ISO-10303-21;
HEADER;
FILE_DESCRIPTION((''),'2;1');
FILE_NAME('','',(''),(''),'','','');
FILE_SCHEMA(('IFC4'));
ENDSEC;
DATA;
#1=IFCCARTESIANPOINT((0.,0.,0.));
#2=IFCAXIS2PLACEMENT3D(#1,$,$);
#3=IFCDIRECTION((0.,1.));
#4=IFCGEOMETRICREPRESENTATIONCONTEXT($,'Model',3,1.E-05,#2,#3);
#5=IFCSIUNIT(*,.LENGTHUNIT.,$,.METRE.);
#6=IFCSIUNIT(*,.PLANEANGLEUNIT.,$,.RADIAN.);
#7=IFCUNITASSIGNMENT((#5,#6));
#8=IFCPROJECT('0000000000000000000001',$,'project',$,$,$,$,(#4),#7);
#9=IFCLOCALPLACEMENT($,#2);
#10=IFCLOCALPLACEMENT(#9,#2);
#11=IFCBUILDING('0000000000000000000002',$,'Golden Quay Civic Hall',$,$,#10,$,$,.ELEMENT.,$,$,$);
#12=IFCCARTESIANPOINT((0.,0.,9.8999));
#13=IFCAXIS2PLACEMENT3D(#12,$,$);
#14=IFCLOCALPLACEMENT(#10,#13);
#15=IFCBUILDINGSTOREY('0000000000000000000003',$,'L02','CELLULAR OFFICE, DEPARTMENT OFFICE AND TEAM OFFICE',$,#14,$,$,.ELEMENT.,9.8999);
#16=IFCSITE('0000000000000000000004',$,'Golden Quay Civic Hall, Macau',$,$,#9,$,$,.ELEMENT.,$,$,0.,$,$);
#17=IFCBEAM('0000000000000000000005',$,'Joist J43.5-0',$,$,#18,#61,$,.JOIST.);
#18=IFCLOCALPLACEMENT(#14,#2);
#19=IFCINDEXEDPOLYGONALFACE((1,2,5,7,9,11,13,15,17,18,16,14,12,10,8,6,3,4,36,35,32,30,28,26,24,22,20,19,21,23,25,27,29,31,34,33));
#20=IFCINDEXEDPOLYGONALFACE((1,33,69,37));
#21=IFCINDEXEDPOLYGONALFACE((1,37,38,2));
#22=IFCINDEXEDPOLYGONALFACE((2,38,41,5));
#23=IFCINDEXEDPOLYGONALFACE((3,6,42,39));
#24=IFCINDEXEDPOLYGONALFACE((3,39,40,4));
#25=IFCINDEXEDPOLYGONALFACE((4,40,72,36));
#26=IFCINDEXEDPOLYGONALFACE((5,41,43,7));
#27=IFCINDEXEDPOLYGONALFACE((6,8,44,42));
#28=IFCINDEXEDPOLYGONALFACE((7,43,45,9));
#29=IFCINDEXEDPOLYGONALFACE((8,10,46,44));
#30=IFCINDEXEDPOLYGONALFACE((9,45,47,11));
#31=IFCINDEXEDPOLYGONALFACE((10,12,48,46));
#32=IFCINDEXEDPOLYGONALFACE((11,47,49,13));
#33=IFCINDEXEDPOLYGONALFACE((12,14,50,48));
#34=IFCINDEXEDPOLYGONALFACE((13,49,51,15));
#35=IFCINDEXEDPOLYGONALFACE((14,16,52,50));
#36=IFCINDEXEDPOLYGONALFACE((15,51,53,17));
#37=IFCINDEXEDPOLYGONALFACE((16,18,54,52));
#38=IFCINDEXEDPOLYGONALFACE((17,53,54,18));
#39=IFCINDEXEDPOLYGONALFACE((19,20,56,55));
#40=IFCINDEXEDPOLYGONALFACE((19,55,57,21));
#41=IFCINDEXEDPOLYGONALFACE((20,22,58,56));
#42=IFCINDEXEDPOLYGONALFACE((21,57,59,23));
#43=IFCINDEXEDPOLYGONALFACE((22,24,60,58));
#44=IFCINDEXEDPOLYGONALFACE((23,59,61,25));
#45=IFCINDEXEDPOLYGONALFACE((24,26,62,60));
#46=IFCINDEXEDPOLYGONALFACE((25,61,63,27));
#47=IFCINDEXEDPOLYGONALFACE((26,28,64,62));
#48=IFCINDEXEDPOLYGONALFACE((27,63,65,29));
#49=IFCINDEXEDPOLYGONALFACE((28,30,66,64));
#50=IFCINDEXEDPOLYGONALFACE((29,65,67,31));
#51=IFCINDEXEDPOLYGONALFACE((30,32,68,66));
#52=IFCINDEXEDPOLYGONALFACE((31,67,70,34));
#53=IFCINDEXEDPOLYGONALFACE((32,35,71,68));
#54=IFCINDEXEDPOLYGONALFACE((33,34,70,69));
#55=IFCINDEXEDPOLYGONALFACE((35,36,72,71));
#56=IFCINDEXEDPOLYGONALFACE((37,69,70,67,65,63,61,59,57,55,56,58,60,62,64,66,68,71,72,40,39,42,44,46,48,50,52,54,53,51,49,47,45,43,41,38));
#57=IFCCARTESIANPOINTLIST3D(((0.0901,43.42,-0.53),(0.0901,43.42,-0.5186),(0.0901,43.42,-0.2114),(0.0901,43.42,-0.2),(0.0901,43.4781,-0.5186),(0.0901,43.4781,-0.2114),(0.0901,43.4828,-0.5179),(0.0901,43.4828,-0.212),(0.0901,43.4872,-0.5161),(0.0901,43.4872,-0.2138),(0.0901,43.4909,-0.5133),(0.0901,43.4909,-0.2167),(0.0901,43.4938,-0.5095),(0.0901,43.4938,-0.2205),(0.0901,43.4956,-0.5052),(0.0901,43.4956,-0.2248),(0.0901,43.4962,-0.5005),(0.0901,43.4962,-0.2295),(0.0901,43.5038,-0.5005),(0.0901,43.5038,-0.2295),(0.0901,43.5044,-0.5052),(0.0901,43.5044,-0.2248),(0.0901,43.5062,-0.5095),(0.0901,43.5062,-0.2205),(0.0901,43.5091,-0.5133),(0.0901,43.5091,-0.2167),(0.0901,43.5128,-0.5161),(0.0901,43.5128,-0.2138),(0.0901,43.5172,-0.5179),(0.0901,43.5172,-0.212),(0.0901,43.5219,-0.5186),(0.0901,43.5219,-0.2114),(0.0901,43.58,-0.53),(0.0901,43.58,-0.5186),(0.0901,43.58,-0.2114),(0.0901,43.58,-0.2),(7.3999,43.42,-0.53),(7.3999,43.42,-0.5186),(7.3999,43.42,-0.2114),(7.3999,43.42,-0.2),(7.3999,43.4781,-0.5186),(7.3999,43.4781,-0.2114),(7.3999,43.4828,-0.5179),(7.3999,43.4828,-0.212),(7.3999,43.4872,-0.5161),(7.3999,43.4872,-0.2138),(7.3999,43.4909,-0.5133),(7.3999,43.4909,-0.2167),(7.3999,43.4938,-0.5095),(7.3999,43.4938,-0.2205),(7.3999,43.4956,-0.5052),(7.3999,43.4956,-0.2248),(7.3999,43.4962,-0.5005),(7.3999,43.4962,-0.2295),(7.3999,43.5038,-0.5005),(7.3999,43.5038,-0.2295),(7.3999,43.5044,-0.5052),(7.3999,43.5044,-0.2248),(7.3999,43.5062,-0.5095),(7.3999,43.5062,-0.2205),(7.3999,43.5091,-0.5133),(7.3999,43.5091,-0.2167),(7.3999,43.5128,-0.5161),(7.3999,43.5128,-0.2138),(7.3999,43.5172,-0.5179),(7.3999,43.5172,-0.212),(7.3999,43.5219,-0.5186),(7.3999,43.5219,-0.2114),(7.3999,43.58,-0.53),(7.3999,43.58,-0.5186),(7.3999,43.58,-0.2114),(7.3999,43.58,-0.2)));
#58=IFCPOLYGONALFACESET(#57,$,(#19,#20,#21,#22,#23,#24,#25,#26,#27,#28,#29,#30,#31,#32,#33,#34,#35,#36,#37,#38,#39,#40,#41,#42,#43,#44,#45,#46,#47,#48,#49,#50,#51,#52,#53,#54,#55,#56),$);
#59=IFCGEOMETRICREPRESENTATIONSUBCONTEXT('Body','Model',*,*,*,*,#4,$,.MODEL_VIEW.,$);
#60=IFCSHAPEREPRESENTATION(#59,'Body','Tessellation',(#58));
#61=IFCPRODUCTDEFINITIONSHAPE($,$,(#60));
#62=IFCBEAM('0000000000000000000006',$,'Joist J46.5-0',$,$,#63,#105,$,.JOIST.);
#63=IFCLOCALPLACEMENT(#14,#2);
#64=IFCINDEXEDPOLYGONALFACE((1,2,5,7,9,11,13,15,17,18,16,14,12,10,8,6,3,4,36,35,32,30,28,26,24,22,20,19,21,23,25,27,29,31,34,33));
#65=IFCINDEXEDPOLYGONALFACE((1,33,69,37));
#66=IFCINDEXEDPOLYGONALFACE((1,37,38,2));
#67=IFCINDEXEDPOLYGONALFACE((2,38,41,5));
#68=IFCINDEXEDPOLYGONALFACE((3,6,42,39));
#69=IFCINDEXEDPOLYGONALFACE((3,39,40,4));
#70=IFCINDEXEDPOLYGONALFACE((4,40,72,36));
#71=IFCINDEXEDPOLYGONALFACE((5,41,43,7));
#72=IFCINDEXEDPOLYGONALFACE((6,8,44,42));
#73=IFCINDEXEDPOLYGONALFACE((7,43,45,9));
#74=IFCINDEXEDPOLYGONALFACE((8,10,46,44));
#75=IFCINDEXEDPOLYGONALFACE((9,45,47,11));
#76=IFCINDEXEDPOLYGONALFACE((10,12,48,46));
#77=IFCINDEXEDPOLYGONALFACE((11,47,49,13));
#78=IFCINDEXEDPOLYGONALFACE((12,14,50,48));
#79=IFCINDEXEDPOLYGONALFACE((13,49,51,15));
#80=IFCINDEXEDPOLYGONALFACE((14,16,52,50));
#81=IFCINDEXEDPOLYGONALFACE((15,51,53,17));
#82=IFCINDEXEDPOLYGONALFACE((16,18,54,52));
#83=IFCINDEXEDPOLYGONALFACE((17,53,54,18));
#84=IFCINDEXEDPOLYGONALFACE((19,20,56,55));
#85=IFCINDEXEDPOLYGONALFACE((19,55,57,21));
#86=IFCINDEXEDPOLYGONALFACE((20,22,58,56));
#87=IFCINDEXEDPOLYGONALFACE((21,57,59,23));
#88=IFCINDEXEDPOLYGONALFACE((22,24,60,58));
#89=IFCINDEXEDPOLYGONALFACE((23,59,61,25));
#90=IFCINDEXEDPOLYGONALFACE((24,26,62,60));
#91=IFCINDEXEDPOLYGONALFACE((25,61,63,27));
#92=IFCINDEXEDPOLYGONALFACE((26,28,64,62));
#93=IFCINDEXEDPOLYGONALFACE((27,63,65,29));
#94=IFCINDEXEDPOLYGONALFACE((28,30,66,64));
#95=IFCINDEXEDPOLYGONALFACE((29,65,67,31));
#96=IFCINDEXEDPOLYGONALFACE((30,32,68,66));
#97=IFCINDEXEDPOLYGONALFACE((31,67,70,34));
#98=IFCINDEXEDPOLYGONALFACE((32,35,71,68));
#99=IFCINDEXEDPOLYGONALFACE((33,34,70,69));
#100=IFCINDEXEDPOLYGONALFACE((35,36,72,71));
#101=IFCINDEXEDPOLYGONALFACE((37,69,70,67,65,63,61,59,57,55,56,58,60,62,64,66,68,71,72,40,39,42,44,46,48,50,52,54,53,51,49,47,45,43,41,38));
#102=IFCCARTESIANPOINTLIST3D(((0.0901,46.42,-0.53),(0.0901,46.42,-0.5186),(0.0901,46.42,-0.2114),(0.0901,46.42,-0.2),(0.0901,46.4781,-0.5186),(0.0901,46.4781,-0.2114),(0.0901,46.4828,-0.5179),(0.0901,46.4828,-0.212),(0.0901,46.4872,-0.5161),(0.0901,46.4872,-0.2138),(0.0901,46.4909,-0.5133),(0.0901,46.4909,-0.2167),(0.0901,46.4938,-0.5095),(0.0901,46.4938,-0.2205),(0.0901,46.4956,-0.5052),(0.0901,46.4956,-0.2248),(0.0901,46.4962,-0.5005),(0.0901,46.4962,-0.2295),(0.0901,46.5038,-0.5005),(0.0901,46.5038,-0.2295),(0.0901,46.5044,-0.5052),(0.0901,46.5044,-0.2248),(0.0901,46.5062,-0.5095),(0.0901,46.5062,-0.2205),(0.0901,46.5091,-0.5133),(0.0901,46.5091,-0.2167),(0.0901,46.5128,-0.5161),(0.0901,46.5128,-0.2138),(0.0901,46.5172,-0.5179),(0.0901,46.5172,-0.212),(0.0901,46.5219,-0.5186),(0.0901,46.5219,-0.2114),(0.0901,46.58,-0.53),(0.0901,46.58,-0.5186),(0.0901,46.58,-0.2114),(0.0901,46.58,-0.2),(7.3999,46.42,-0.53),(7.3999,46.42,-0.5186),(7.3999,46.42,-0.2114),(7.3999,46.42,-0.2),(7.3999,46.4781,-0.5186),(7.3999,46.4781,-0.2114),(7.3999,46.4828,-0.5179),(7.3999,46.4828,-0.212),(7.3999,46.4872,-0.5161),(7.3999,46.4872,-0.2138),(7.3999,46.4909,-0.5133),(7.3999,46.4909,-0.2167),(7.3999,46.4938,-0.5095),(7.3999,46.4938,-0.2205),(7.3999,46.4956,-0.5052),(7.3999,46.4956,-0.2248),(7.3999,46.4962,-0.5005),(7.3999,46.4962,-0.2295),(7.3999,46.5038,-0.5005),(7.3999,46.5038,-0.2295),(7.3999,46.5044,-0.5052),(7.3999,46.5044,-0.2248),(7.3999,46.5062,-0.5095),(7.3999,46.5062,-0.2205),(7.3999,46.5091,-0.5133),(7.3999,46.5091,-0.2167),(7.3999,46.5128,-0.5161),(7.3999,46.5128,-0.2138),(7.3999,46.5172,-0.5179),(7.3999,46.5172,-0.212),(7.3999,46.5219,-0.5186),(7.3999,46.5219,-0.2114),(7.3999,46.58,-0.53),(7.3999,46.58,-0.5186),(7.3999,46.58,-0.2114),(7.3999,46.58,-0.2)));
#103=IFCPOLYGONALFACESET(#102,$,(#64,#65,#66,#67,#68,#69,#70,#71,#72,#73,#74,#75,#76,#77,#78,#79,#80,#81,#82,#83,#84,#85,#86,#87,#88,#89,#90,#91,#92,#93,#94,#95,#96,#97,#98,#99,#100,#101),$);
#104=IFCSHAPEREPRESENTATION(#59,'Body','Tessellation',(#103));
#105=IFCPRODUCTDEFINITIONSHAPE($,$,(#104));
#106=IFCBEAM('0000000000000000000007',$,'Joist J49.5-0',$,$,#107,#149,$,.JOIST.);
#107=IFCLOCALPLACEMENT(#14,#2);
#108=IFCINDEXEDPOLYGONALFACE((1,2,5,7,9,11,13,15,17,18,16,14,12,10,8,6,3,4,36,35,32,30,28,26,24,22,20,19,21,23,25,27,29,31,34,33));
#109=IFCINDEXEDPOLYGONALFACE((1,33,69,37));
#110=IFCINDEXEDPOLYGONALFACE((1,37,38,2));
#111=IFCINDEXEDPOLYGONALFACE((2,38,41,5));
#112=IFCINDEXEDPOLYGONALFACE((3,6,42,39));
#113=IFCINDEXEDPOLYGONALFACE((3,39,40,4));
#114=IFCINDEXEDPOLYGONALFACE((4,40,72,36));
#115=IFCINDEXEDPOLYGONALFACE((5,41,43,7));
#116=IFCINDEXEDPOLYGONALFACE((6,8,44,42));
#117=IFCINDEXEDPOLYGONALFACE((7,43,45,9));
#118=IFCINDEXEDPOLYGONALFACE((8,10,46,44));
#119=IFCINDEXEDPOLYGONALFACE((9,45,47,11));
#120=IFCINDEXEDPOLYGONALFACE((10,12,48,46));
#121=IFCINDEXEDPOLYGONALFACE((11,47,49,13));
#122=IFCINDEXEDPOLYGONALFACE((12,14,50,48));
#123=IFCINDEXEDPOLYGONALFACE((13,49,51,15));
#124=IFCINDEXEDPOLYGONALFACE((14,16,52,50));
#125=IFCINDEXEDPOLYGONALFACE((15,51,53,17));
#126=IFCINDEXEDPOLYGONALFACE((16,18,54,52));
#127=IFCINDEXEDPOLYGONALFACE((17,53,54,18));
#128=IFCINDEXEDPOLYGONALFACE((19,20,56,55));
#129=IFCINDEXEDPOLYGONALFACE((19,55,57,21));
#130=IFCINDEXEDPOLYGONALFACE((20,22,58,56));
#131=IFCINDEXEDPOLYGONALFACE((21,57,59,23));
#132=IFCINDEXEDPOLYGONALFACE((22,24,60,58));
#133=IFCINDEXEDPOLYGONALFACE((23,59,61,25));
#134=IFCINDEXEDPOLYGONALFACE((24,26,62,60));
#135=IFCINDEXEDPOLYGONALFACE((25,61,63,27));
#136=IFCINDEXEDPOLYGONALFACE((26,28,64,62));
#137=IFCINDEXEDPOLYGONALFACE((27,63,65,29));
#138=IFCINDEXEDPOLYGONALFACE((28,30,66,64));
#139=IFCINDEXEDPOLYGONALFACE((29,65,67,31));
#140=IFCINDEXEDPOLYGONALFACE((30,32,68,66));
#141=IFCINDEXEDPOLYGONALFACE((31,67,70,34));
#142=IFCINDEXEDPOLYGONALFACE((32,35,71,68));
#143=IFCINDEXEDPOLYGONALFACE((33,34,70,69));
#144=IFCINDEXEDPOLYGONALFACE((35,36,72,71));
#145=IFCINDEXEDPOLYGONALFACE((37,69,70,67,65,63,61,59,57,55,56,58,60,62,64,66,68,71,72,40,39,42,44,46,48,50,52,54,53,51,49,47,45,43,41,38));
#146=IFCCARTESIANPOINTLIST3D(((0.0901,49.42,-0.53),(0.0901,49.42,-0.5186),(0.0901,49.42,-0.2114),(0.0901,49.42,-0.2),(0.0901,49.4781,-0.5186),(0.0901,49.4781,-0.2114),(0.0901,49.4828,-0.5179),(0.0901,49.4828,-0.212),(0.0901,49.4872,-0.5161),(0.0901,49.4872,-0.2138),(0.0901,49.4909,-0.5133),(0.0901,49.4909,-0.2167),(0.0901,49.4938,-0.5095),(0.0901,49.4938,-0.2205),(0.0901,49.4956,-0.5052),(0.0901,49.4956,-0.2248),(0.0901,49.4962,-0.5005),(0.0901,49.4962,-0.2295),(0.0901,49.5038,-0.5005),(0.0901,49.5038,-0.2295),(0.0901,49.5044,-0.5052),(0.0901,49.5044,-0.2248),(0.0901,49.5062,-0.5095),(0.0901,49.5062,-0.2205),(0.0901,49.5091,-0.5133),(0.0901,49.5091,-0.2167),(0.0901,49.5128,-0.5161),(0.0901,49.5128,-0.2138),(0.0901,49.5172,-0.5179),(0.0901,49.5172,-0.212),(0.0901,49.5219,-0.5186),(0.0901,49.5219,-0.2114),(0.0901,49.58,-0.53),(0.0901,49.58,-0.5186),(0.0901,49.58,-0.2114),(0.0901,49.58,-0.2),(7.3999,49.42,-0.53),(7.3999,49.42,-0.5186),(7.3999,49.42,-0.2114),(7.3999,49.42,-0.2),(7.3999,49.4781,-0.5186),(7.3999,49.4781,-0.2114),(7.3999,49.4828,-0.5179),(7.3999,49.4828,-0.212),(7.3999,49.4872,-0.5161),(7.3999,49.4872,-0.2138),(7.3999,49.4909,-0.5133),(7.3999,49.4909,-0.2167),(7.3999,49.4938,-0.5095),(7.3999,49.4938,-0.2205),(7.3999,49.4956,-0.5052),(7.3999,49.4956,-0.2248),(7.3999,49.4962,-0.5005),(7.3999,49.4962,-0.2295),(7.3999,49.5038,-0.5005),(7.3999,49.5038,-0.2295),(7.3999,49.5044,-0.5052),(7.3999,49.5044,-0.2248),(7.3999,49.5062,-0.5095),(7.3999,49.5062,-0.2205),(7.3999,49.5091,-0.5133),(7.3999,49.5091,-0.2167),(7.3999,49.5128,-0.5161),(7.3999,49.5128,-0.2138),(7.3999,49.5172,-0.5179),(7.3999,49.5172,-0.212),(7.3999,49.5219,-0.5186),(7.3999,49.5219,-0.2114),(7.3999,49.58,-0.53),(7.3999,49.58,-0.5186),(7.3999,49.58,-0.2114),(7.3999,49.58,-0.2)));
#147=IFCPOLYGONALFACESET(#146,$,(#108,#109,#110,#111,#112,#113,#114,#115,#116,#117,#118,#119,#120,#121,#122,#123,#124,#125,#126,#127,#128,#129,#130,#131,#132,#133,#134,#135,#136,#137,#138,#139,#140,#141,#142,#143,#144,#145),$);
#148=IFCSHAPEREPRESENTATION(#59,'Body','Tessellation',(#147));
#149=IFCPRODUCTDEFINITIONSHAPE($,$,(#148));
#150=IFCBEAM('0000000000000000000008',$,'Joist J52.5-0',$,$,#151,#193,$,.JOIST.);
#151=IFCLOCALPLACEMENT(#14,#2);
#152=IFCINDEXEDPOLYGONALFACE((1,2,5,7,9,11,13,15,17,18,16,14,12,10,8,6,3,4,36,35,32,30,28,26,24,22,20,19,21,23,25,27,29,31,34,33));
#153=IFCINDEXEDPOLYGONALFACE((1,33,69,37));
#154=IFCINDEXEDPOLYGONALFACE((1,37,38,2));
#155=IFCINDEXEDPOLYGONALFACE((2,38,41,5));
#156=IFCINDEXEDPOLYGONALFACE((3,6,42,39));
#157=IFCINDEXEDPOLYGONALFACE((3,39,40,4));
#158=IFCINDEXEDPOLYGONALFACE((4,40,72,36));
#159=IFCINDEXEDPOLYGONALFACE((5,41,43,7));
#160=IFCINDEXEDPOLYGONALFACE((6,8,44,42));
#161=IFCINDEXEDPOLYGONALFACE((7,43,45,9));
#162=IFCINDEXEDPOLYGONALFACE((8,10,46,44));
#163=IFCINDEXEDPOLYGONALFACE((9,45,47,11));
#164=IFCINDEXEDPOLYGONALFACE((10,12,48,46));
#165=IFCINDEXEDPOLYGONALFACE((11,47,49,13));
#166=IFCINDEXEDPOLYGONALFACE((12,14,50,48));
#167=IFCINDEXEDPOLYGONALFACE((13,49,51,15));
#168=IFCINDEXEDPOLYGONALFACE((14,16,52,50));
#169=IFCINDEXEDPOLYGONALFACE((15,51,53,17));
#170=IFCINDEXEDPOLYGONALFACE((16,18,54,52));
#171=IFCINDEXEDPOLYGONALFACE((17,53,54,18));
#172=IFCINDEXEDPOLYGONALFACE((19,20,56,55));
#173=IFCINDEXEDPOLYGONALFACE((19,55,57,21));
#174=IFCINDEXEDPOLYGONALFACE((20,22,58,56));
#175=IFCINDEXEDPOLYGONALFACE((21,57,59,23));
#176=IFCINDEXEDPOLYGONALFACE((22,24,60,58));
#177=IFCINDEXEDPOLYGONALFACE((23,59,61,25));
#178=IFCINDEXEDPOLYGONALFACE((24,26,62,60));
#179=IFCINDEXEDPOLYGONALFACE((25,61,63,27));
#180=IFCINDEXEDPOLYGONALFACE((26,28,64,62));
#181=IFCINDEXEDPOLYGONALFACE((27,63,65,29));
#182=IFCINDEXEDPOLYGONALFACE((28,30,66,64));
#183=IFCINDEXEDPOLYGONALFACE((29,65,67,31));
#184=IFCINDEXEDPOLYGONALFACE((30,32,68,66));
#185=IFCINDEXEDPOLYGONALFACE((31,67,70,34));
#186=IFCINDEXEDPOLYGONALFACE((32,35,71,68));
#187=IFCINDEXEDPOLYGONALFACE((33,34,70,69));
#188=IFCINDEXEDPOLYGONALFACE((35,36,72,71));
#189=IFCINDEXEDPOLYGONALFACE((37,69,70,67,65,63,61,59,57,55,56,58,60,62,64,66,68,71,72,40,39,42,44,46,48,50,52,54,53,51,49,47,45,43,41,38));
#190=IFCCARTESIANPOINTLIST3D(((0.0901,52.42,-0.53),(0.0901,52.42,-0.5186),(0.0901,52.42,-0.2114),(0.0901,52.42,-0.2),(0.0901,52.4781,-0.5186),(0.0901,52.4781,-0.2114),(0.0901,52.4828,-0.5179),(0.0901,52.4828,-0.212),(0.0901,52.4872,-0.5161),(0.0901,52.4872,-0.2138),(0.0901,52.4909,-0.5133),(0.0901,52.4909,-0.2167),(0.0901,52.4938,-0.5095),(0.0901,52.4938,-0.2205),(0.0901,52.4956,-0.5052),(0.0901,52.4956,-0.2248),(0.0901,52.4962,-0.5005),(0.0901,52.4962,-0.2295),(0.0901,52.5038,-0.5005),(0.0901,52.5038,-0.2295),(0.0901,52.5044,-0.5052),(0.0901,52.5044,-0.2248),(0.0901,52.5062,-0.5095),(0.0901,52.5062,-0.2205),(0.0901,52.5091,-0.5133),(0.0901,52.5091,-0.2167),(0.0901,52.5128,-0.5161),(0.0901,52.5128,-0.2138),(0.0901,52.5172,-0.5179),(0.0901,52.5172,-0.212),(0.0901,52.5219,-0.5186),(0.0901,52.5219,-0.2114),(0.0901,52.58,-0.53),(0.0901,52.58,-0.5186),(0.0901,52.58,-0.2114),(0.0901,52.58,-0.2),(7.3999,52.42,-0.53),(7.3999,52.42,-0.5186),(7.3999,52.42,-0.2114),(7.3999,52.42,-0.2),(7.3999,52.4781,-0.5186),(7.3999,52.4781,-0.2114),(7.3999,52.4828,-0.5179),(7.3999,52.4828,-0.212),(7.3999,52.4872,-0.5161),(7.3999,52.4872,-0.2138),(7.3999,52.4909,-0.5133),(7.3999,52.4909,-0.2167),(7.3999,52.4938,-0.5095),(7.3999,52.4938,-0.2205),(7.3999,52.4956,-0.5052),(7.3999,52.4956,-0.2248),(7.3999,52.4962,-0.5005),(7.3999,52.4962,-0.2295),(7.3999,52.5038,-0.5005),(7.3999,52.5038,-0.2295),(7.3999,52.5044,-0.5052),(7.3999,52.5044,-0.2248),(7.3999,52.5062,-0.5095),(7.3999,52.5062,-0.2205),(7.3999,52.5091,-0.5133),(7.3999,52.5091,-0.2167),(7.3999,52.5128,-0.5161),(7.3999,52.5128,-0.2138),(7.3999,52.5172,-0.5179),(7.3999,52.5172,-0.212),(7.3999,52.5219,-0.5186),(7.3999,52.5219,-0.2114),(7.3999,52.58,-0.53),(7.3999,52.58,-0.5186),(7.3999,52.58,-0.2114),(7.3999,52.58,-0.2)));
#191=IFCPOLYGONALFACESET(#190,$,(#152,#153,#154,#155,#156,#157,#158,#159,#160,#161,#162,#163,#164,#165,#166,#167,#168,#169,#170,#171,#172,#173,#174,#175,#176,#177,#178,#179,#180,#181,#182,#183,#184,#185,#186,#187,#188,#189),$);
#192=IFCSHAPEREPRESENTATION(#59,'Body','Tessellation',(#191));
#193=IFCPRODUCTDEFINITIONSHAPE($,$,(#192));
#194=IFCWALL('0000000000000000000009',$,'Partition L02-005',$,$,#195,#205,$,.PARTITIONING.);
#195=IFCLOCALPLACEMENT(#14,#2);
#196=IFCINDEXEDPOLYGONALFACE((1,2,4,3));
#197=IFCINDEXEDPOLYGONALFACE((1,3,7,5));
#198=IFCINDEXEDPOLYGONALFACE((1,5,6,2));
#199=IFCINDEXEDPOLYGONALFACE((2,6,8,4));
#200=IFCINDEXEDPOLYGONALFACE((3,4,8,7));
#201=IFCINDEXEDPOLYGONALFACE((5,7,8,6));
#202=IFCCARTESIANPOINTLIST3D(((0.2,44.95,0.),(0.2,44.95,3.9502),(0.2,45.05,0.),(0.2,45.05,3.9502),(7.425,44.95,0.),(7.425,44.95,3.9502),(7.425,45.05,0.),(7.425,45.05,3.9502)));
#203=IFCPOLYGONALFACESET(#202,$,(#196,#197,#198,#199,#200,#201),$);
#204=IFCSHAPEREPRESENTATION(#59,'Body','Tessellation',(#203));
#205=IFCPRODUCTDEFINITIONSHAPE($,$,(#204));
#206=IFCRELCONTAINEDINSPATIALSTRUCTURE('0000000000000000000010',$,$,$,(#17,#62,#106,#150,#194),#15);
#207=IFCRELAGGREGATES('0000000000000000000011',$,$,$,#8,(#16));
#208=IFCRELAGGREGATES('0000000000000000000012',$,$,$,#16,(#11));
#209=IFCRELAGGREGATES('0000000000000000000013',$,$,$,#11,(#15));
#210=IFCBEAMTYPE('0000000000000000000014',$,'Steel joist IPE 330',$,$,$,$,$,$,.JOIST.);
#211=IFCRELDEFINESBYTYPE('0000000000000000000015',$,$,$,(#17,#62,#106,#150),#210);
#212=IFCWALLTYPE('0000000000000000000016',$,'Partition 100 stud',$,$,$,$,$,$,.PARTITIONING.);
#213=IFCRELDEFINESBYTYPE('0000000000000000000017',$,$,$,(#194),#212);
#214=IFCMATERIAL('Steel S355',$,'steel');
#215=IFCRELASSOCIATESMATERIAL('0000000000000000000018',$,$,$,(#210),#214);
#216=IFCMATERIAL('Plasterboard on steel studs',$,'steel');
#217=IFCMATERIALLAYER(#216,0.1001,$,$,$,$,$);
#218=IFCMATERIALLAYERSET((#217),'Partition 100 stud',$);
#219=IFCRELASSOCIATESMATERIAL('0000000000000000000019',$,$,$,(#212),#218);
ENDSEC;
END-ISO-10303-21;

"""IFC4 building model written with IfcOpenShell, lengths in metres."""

from ifc_helpers import new_model, si_unit, direction, frame, frame_2d, origin, origin_2d, place, context, subcontext, project, spatial, rectangle, i_section, extrude, material, layer, layer_set, material_profile, profile_set, type_object, element, save


model = new_model("IFC4")

# Units and contexts
model_context = context("Model", 3, precision=1e-05, world=origin(), true_north=direction((0.0, 1.0)))
body_context = subcontext(model_context, "Body", "Model", "MODEL_VIEW")
ifc_project = project(units=[si_unit("LENGTHUNIT", "METRE"), si_unit("PLANEANGLEUNIT", "RADIAN")], contexts=[model_context])

# Site, building, storey
site_placement = place(None, origin())
site = spatial("IfcSite", under=ifc_project, at=site_placement, Name="Golden Quay Civic Hall, Macau", CompositionType="ELEMENT", RefElevation=0.0)
building_placement = place(site_placement, origin())
building = spatial("IfcBuilding", under=site, at=building_placement, Name="Golden Quay Civic Hall", CompositionType="ELEMENT")
storey_placement = place(building_placement, frame((0.0, 0.0, 9.8999)))
storey = spatial("IfcBuildingStorey", under=building, at=storey_placement, Name="L02", Description="CELLULAR OFFICE, DEPARTMENT OFFICE AND TEAM OFFICE", CompositionType="ELEMENT", Elevation=9.8999)

# Beams
ifc_material_1 = material(Name="Steel S355", Category="steel")
ifc_material_profile_1 = material_profile(ifc_material_1, i_section(OverallWidth=0.1599, OverallDepth=0.3301, WebThickness=0.0076, FlangeThickness=0.0115, FilletRadius=0.0181, at=origin_2d()), Name="IPE 330")
ifc_profile_set_1 = profile_set([ifc_material_profile_1], Name="Steel S355")
beam_type_1 = type_object("IfcBeamType", Name="Steel joist IPE 330", PredefinedType="JOIST", material=ifc_profile_set_1)
for number, where, z_axis, x_axis, name in (
    (1, (0.0901, 43.5, -0.365), (1.0, 0.0, 0.0), (0.0, 1.0, 0.0), "Joist J43.5-0"),
    (2, (0.0901, 46.5, -0.365), (1.0, 0.0, 0.0), (0.0, 1.0, 0.0), "Joist J46.5-0"),
    (3, (0.0901, 49.5, -0.365), (1.0, 0.0, 0.0), (0.0, 1.0, 0.0), "Joist J49.5-0"),
    (4, (0.0901, 52.5, -0.365), (1.0, 0.0, 0.0), (0.0, 1.0, 0.0), "Joist J52.5-0"),
):
    element("IfcBeam", number, at=place(storey_placement, frame(where, z_axis=z_axis, x_axis=x_axis)), inside=storey, type_object=beam_type_1, Name=name, PredefinedType="JOIST", context=body_context, shape_type="SweptSolid", body=[
        extrude(i_section(OverallWidth=0.1599, OverallDepth=0.3301, WebThickness=0.0076, FlangeThickness=0.0115, FilletRadius=0.0181, at=origin_2d()), origin(), (0.0, 0.0, 1.0), 7.3098),
    ])

# Wall
ifc_material_2 = material(Name="Plasterboard on steel studs", Category="steel")
ifc_layer_1 = layer(ifc_material_2, 0.1001)
ifc_layer_set_1 = layer_set([ifc_layer_1], Name="Partition 100 stud")
wall_type_1 = type_object("IfcWallType", Name="Partition 100 stud", PredefinedType="PARTITIONING", material=ifc_layer_set_1)
wall_1_placement = place(storey_placement, frame((0.2, 45.0, 0.0), z_axis=(0.0, 0.0, 1.0), x_axis=(1.0, 0.0, 0.0)))
element("IfcWall", 5, at=wall_1_placement, inside=storey, type_object=wall_type_1, Name="Partition L02-005", PredefinedType="PARTITIONING", context=body_context, shape_type="SweptSolid", body=[
    extrude(rectangle(XDim=7.2251, YDim=0.1001, at=frame_2d((3.6125, 0.0))), origin(), (0.0, 0.0, 1.0), 3.9502),
])

save(model, "model.ifc")
